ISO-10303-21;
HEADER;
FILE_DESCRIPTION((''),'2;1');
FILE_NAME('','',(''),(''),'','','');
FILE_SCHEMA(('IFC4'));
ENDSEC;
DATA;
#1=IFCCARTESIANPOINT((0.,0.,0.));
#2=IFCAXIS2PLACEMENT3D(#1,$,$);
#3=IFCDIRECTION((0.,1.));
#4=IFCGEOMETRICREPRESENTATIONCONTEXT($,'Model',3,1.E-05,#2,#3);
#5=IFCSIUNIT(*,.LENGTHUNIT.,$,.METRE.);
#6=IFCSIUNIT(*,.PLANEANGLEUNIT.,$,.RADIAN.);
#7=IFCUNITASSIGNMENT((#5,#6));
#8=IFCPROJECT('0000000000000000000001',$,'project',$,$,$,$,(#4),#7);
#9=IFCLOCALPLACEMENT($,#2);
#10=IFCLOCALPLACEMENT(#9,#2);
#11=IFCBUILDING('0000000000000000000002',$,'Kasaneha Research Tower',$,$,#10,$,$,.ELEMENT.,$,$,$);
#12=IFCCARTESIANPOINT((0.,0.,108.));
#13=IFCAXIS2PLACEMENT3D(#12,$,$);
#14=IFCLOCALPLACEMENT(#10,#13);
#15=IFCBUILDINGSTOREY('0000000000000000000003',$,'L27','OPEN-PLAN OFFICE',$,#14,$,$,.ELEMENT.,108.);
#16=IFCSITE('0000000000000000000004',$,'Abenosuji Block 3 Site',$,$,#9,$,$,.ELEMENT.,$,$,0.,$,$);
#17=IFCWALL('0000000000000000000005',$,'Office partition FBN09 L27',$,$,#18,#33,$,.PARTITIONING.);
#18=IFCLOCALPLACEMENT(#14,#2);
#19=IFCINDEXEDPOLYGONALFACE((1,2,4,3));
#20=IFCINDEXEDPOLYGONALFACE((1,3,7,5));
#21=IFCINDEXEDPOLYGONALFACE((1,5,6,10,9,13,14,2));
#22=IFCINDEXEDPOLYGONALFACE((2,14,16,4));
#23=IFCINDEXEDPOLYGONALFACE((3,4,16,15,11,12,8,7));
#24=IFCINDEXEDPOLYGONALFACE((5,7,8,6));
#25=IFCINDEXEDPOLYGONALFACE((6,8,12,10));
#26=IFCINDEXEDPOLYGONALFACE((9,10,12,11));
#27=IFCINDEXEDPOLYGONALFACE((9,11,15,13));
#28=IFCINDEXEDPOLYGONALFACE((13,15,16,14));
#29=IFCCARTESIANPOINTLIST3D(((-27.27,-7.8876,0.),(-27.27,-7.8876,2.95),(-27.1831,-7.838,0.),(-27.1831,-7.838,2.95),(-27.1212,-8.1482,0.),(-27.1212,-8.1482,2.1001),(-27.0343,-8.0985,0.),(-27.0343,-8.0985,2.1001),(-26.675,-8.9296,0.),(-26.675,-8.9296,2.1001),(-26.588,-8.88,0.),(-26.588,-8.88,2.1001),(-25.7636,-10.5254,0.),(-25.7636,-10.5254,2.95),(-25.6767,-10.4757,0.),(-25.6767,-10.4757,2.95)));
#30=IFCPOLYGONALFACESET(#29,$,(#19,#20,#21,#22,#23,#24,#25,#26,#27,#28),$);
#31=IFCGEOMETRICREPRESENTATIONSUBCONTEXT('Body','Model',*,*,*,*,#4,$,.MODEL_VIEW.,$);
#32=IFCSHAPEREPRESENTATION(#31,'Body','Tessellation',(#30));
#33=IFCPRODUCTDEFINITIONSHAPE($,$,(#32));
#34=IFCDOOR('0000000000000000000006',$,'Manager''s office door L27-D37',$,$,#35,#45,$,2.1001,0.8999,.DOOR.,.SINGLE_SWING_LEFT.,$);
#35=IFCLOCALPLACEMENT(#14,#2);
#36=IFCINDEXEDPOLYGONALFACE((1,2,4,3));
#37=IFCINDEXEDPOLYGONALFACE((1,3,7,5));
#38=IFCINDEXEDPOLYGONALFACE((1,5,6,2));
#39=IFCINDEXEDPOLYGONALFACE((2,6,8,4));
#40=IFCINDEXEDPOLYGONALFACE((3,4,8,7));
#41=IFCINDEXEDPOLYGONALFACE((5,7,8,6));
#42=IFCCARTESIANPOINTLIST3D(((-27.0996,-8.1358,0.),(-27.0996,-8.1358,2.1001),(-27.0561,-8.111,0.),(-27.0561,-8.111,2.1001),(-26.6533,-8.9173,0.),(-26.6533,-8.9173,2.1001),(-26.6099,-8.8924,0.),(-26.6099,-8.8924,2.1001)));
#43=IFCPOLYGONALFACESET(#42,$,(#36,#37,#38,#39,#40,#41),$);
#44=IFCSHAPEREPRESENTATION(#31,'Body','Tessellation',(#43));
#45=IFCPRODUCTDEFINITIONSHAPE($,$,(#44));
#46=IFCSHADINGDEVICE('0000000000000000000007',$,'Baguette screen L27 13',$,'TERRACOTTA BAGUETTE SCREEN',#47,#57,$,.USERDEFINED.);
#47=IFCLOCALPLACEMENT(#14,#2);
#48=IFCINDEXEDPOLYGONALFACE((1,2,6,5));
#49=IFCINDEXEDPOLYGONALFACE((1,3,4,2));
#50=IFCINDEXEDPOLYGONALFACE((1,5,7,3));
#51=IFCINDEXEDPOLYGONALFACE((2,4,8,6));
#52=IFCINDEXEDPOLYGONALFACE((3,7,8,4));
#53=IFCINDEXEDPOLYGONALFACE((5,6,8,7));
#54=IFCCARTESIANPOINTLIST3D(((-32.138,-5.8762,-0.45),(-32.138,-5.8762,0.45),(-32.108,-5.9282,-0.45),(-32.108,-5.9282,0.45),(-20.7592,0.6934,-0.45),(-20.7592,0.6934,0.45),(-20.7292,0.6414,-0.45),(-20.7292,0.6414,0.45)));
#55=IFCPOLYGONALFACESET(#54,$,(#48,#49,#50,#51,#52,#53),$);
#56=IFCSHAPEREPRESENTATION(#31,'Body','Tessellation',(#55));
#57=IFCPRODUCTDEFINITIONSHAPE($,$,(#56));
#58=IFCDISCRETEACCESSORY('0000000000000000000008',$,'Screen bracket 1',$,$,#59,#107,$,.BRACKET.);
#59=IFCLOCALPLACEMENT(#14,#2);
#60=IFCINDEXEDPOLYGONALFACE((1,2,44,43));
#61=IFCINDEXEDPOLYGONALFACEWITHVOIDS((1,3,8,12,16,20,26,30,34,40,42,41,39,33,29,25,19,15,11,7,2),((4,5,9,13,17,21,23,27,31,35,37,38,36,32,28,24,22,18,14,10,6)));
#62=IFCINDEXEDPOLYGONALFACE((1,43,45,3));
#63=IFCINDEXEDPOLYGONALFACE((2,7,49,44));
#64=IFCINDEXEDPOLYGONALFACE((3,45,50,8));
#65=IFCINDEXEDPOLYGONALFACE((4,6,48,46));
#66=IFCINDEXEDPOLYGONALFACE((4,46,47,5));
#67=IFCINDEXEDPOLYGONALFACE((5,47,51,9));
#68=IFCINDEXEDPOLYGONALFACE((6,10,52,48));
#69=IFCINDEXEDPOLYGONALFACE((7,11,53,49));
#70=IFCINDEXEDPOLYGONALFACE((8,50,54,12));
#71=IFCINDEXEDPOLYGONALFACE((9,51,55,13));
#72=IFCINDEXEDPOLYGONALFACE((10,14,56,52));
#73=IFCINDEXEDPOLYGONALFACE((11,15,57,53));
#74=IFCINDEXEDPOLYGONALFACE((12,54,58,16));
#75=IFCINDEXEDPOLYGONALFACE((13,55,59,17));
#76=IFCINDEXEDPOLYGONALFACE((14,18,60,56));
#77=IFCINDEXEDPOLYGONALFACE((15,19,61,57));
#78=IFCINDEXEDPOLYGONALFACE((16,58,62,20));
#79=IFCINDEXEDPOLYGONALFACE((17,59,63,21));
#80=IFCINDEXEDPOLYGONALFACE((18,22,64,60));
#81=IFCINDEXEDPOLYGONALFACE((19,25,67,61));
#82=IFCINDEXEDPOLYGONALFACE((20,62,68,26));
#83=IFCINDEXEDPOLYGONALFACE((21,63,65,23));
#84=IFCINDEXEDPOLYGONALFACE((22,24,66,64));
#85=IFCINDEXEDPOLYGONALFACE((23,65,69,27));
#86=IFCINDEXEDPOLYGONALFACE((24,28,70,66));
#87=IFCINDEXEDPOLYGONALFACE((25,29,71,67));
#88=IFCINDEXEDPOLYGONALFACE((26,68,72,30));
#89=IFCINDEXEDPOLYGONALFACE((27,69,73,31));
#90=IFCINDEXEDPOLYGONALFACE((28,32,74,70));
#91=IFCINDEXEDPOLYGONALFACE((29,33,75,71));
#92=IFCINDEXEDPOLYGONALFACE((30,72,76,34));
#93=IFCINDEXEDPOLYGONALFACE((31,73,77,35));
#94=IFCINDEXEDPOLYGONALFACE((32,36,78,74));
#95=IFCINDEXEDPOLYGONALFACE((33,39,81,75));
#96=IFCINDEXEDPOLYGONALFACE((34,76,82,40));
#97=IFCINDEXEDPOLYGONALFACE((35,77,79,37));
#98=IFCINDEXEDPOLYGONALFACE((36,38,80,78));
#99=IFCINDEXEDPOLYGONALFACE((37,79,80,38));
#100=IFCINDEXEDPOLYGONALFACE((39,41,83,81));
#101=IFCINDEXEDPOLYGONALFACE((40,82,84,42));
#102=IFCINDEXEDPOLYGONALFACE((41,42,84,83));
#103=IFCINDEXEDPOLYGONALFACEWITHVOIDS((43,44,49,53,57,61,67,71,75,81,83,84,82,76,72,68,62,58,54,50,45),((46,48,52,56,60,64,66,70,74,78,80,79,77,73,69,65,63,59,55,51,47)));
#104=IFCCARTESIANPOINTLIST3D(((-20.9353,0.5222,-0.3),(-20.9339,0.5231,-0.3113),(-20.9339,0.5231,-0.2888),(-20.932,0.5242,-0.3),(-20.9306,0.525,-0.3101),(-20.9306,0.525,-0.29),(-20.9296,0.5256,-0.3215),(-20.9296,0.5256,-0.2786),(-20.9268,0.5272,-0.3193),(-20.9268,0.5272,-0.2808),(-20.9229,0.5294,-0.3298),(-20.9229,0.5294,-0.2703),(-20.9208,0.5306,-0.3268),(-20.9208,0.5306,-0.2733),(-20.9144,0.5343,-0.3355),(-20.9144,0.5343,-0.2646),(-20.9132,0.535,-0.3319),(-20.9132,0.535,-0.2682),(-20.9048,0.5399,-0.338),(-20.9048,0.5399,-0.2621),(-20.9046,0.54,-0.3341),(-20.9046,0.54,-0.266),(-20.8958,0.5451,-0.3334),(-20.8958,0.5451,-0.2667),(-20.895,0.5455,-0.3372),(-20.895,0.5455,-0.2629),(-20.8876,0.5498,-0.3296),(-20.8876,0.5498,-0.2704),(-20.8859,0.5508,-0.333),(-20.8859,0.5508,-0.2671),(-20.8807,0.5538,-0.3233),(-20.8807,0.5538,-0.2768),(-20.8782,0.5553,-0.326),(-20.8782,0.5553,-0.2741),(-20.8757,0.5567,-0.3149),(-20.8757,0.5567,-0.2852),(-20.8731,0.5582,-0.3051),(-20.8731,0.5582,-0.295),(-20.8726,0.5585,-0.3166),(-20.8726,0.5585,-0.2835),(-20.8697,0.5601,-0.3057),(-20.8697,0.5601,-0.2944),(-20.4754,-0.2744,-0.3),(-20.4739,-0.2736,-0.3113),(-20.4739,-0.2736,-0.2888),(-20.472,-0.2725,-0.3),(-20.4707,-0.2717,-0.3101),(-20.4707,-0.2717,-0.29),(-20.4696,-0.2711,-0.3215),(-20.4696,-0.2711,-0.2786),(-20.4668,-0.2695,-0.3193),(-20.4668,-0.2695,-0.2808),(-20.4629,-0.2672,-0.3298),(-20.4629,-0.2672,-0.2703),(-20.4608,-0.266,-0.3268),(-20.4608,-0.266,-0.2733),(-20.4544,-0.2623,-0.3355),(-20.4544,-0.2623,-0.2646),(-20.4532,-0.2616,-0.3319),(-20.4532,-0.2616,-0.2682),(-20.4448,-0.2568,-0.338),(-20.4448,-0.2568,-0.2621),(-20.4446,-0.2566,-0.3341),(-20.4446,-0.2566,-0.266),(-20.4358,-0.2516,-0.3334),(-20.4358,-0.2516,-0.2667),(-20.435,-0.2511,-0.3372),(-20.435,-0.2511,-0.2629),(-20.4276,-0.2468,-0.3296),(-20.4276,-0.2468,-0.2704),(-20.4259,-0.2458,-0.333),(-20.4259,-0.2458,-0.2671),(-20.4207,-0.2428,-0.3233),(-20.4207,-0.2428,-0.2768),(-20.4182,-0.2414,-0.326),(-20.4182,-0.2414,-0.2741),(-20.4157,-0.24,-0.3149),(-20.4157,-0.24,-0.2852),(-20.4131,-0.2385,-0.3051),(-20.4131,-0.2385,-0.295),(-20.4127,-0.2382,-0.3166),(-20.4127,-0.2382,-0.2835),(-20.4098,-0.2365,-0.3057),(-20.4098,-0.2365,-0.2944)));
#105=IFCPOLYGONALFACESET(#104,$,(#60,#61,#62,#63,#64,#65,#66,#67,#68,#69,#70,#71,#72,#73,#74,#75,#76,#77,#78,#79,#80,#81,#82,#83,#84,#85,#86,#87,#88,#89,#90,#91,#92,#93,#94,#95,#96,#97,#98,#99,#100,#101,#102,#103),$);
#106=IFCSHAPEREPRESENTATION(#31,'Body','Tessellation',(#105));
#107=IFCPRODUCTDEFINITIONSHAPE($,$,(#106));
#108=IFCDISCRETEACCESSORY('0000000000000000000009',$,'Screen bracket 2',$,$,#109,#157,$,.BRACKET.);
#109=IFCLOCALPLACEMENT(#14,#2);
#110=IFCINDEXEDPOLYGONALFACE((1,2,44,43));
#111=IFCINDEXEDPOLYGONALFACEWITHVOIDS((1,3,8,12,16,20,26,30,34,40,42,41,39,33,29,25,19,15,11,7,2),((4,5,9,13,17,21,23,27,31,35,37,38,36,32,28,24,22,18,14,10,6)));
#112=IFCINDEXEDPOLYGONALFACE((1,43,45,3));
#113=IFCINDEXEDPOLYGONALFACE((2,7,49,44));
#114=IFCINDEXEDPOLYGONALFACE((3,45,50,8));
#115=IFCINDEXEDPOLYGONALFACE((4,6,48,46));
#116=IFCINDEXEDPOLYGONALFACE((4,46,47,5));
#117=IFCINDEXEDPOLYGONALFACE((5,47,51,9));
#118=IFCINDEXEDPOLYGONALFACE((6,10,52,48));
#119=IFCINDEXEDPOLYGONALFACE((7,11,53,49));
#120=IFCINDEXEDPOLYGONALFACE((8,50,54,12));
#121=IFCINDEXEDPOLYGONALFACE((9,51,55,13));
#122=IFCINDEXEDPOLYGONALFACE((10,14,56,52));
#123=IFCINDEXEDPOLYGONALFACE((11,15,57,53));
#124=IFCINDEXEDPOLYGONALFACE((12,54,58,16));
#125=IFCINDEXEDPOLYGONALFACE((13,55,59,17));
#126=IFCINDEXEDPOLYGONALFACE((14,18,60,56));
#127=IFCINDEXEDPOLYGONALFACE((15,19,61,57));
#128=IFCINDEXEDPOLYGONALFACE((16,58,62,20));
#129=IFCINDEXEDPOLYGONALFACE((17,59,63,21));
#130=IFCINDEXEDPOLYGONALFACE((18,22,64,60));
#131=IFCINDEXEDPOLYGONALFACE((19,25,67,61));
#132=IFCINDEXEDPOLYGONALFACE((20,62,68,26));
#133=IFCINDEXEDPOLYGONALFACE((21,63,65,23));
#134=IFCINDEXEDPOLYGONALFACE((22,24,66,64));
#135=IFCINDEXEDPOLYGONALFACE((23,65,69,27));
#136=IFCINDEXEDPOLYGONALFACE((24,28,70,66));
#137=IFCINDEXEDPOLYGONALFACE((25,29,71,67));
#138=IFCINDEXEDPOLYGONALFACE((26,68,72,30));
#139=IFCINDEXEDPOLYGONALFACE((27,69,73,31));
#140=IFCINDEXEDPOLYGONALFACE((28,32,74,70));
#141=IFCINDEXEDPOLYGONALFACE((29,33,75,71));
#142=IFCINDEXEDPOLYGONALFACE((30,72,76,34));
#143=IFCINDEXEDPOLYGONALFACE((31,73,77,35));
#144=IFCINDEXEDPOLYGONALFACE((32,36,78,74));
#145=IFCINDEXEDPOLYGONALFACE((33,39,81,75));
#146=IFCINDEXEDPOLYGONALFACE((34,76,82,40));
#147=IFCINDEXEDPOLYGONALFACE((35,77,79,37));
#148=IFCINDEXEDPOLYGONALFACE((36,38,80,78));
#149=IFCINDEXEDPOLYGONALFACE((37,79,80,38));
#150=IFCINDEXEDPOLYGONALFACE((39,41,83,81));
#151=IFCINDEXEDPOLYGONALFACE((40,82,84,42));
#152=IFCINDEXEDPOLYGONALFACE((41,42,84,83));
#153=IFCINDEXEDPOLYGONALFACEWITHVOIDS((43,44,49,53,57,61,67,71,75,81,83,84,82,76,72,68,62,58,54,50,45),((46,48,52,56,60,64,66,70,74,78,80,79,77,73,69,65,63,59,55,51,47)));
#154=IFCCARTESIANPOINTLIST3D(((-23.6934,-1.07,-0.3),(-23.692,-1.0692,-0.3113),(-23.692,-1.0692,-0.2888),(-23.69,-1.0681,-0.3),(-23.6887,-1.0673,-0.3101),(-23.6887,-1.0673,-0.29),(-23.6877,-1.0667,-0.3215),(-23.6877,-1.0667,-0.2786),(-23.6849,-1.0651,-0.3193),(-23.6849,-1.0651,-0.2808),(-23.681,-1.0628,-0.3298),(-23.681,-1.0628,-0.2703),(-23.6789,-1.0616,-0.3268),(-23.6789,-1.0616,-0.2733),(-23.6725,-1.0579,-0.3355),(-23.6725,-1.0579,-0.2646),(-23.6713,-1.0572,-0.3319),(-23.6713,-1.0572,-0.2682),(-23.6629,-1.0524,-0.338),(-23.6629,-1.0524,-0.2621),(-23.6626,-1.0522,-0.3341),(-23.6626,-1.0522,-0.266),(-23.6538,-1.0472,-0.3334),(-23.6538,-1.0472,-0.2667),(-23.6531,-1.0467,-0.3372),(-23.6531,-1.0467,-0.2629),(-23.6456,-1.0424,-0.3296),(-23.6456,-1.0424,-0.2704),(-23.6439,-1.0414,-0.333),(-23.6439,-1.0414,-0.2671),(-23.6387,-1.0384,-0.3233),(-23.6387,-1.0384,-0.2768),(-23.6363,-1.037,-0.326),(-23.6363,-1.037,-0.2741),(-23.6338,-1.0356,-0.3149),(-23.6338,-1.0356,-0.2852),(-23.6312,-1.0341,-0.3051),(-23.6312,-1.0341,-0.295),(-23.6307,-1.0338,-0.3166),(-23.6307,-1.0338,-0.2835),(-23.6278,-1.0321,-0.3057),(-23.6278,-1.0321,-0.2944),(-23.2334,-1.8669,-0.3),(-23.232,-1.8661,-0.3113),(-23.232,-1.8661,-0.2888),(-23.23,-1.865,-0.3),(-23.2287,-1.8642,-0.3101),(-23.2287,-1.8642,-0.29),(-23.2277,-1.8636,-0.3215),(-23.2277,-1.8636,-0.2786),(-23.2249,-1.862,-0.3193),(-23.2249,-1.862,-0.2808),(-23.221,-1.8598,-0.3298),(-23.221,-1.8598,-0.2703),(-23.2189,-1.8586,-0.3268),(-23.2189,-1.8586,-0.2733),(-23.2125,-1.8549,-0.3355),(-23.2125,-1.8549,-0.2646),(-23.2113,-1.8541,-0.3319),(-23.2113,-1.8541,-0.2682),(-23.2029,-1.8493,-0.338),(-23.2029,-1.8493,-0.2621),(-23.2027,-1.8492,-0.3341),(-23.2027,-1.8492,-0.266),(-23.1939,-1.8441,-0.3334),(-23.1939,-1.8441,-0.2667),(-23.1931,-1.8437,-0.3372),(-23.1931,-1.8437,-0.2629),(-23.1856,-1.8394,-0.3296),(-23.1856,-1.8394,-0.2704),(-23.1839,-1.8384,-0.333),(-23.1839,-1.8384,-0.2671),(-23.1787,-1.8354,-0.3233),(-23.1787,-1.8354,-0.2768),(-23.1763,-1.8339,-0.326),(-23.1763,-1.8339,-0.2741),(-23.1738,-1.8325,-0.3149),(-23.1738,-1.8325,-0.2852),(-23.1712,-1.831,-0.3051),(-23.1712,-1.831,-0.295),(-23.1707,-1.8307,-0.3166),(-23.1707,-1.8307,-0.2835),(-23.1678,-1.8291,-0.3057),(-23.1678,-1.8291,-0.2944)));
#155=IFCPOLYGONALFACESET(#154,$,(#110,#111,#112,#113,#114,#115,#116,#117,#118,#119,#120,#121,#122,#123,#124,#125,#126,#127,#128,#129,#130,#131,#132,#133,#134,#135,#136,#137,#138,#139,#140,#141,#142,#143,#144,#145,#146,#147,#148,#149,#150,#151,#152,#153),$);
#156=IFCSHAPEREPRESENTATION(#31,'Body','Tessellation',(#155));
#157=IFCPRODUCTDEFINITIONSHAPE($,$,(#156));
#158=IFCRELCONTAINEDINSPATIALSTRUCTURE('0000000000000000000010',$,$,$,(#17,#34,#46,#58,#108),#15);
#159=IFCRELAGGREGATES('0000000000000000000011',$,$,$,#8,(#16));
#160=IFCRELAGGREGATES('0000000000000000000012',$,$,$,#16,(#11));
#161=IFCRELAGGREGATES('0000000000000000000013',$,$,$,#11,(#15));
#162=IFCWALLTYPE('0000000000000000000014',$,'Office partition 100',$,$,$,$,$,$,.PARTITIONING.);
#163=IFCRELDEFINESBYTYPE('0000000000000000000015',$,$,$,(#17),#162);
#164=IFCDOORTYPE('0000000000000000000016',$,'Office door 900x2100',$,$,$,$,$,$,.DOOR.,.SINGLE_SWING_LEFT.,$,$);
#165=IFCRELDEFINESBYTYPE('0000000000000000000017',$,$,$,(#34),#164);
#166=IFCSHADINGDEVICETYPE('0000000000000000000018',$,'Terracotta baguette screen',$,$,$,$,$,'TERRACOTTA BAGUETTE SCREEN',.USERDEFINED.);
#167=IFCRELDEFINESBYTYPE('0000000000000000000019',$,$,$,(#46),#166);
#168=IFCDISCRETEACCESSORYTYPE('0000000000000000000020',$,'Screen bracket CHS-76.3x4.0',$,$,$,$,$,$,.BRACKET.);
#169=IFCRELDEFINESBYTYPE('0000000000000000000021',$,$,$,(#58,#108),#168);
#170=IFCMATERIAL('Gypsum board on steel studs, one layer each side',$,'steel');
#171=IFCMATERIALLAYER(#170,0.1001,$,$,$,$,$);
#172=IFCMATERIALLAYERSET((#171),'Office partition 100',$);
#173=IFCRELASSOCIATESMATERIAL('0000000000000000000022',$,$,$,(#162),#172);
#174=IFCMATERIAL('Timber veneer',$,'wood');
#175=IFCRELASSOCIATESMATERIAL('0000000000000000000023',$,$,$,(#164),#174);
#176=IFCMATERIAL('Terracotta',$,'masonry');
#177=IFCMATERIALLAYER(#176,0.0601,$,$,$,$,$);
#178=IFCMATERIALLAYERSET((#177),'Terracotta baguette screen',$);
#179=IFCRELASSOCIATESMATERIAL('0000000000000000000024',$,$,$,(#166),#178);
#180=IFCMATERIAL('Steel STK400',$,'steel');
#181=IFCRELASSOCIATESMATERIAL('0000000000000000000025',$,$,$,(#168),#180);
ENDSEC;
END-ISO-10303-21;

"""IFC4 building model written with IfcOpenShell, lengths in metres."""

from ifc_helpers import new_model, si_unit, direction, frame, frame_2d, origin, origin_2d, place, context, subcontext, project, spatial, rectangle, hollow_circle, extrude, material, layer, layer_set, material_profile, profile_set, type_object, element, fill, save


model = new_model("IFC4")

# Units and contexts
model_context = context("Model", 3, precision=1e-05, world=origin(), true_north=direction((0.0, 1.0)))
body_context = subcontext(model_context, "Body", "Model", "MODEL_VIEW")
ifc_project = project(units=[si_unit("LENGTHUNIT", "METRE"), si_unit("PLANEANGLEUNIT", "RADIAN")], contexts=[model_context])

# Site, building, storey
site_placement = place(None, origin())
site = spatial("IfcSite", under=ifc_project, at=site_placement, Name="Abenosuji Block 3 Site", CompositionType="ELEMENT", RefElevation=0.0)
building_placement = place(site_placement, origin())
building = spatial("IfcBuilding", under=site, at=building_placement, Name="Kasaneha Research Tower", CompositionType="ELEMENT")
storey_placement = place(building_placement, frame((0.0, 0.0, 108.0)))
storey = spatial("IfcBuildingStorey", under=building, at=storey_placement, Name="L27", Description="OPEN-PLAN OFFICE", CompositionType="ELEMENT", Elevation=108.0)

# Shared definitions
ifc_material_1 = material(Name="Gypsum board on steel studs, one layer each side", Category="steel")
ifc_layer_1 = layer(ifc_material_1, 0.1001)
ifc_layer_set_1 = layer_set([ifc_layer_1], Name="Office partition 100")
wall_type = type_object("IfcWallType", Name="Office partition 100", PredefinedType="PARTITIONING", material=ifc_layer_set_1)

# Wall, opening, door
ifc_material_2 = material(Name="Timber veneer", Category="wood")
door_type = type_object("IfcDoorType", Name="Office door 900x2100", OperationType="SINGLE_SWING_LEFT", PredefinedType="DOOR", material=ifc_material_2)
wall_1_placement = place(storey_placement, frame((-27.2266, -7.8628, 0.0), z_axis=(0.0, 0.0, 1.0), x_axis=(0.495914, -0.868372, 0.0)))
wall_1 = element("IfcWall", 1, at=wall_1_placement, inside=storey, type_object=wall_type, Name="Office partition FBN09 L27", PredefinedType="PARTITIONING", context=body_context, shape_type="SweptSolid", body=[
    extrude(rectangle(XDim=3.0376, YDim=0.1001, at=frame_2d((1.5188, 0.0))), origin(), (0.0, 0.0, 1.0), 2.95),
])
opening_1_placement = place(wall_1_placement, frame((0.3, 0.0, 0.0)))
opening_1 = element("IfcOpeningElement", 2, at=opening_1_placement, cuts=wall_1, PredefinedType="OPENING", context=body_context, shape_type="SweptSolid", body=[
    extrude(rectangle(XDim=0.8999, YDim=2.1001, at=frame_2d((0.45, 1.05))), frame((0.0, 0.0601, 0.0), z_axis=(0.0, -1.0, 0.0), x_axis=(1.0, 0.0, 0.0)), (0.0, 0.0, 1.0), 0.1201),
])
door_1_placement = place(opening_1_placement, origin())
door_1 = element("IfcDoor", 3, at=door_1_placement, inside=storey, type_object=door_type, Name="Manager's office door L27-D37", OperationType="SINGLE_SWING_LEFT", OverallHeight=2.1001, OverallWidth=0.8999, PredefinedType="DOOR", context=body_context, shape_type="SweptSolid", body=[
    extrude(rectangle(XDim=0.8999, YDim=2.1001, at=frame_2d((0.45, 1.05))), frame((0.0, 0.0249, 0.0), z_axis=(0.0, -1.0, 0.0), x_axis=(1.0, 0.0, 0.0)), (0.0, 0.0, 1.0), 0.05),
])
fill(opening_1, door_1)

# Shading device
ifc_material_3 = material(Name="Terracotta", Category="masonry")
ifc_layer_2 = layer(ifc_material_3, 0.0601)
ifc_layer_set_2 = layer_set([ifc_layer_2], Name="Terracotta baguette screen")
shading_device_type = type_object("IfcShadingDeviceType", Name="Terracotta baguette screen", ElementType="TERRACOTTA BAGUETTE SCREEN", PredefinedType="USERDEFINED", material=ifc_layer_set_2)
shading_device_placement = place(storey_placement, frame((-26.4336, -2.6174, -0.45), z_axis=(0.0, 0.0, 1.0), x_axis=(-0.866025, -0.5, 0.0)))
element("IfcShadingDevice", 4, at=shading_device_placement, inside=storey, type_object=shading_device_type, Name="Baguette screen L27 13", ObjectType="TERRACOTTA BAGUETTE SCREEN", PredefinedType="USERDEFINED", context=body_context, shape_type="SweptSolid", body=[
    extrude(rectangle(XDim=13.1392, YDim=0.0601, at=origin_2d()), origin(), (0.0, 0.0, 1.0), 0.8999),
])

# Discrete accessories
ifc_material_4 = material(Name="Steel STK400", Category="steel")
ifc_material_profile_1 = material_profile(ifc_material_4, hollow_circle(Radius=0.0381, WallThickness=0.0039, at=origin_2d()), Name="CHS-76.3x4.0")
ifc_profile_set_1 = profile_set([ifc_material_profile_1], Name="Steel STK400")
discrete_accessory_type = type_object("IfcDiscreteAccessoryType", Name="Screen bracket CHS-76.3x4.0", PredefinedType="BRACKET", material=ifc_profile_set_1)
discrete_accessory_1_placement = place(storey_placement, frame((-20.4424, -0.2554, -0.3), z_axis=(-0.500021, 0.866013, 0.0), x_axis=(-0.866013, -0.500021, 0.0)))
element("IfcDiscreteAccessory", 5, at=discrete_accessory_1_placement, inside=storey, type_object=discrete_accessory_type, Name="Screen bracket 1", PredefinedType="BRACKET", context=body_context, shape_type="SweptSolid", body=[
    extrude(hollow_circle(Radius=0.0381, WallThickness=0.0039, at=origin_2d()), origin(), (0.0, 0.0, 1.0), 0.9199),
])
discrete_accessory_2_placement = place(storey_placement, frame((-23.2004, -1.8479, -0.3), z_axis=(-0.499906, 0.86608, 0.0), x_axis=(-0.86608, -0.499906, 0.0)))
element("IfcDiscreteAccessory", 6, at=discrete_accessory_2_placement, inside=storey, type_object=discrete_accessory_type, Name="Screen bracket 2", PredefinedType="BRACKET", context=body_context, shape_type="SweptSolid", body=[
    extrude(hollow_circle(Radius=0.0381, WallThickness=0.0039, at=origin_2d()), origin(), (0.0, 0.0, 1.0), 0.9202),
])

save(model, "model.ifc")
